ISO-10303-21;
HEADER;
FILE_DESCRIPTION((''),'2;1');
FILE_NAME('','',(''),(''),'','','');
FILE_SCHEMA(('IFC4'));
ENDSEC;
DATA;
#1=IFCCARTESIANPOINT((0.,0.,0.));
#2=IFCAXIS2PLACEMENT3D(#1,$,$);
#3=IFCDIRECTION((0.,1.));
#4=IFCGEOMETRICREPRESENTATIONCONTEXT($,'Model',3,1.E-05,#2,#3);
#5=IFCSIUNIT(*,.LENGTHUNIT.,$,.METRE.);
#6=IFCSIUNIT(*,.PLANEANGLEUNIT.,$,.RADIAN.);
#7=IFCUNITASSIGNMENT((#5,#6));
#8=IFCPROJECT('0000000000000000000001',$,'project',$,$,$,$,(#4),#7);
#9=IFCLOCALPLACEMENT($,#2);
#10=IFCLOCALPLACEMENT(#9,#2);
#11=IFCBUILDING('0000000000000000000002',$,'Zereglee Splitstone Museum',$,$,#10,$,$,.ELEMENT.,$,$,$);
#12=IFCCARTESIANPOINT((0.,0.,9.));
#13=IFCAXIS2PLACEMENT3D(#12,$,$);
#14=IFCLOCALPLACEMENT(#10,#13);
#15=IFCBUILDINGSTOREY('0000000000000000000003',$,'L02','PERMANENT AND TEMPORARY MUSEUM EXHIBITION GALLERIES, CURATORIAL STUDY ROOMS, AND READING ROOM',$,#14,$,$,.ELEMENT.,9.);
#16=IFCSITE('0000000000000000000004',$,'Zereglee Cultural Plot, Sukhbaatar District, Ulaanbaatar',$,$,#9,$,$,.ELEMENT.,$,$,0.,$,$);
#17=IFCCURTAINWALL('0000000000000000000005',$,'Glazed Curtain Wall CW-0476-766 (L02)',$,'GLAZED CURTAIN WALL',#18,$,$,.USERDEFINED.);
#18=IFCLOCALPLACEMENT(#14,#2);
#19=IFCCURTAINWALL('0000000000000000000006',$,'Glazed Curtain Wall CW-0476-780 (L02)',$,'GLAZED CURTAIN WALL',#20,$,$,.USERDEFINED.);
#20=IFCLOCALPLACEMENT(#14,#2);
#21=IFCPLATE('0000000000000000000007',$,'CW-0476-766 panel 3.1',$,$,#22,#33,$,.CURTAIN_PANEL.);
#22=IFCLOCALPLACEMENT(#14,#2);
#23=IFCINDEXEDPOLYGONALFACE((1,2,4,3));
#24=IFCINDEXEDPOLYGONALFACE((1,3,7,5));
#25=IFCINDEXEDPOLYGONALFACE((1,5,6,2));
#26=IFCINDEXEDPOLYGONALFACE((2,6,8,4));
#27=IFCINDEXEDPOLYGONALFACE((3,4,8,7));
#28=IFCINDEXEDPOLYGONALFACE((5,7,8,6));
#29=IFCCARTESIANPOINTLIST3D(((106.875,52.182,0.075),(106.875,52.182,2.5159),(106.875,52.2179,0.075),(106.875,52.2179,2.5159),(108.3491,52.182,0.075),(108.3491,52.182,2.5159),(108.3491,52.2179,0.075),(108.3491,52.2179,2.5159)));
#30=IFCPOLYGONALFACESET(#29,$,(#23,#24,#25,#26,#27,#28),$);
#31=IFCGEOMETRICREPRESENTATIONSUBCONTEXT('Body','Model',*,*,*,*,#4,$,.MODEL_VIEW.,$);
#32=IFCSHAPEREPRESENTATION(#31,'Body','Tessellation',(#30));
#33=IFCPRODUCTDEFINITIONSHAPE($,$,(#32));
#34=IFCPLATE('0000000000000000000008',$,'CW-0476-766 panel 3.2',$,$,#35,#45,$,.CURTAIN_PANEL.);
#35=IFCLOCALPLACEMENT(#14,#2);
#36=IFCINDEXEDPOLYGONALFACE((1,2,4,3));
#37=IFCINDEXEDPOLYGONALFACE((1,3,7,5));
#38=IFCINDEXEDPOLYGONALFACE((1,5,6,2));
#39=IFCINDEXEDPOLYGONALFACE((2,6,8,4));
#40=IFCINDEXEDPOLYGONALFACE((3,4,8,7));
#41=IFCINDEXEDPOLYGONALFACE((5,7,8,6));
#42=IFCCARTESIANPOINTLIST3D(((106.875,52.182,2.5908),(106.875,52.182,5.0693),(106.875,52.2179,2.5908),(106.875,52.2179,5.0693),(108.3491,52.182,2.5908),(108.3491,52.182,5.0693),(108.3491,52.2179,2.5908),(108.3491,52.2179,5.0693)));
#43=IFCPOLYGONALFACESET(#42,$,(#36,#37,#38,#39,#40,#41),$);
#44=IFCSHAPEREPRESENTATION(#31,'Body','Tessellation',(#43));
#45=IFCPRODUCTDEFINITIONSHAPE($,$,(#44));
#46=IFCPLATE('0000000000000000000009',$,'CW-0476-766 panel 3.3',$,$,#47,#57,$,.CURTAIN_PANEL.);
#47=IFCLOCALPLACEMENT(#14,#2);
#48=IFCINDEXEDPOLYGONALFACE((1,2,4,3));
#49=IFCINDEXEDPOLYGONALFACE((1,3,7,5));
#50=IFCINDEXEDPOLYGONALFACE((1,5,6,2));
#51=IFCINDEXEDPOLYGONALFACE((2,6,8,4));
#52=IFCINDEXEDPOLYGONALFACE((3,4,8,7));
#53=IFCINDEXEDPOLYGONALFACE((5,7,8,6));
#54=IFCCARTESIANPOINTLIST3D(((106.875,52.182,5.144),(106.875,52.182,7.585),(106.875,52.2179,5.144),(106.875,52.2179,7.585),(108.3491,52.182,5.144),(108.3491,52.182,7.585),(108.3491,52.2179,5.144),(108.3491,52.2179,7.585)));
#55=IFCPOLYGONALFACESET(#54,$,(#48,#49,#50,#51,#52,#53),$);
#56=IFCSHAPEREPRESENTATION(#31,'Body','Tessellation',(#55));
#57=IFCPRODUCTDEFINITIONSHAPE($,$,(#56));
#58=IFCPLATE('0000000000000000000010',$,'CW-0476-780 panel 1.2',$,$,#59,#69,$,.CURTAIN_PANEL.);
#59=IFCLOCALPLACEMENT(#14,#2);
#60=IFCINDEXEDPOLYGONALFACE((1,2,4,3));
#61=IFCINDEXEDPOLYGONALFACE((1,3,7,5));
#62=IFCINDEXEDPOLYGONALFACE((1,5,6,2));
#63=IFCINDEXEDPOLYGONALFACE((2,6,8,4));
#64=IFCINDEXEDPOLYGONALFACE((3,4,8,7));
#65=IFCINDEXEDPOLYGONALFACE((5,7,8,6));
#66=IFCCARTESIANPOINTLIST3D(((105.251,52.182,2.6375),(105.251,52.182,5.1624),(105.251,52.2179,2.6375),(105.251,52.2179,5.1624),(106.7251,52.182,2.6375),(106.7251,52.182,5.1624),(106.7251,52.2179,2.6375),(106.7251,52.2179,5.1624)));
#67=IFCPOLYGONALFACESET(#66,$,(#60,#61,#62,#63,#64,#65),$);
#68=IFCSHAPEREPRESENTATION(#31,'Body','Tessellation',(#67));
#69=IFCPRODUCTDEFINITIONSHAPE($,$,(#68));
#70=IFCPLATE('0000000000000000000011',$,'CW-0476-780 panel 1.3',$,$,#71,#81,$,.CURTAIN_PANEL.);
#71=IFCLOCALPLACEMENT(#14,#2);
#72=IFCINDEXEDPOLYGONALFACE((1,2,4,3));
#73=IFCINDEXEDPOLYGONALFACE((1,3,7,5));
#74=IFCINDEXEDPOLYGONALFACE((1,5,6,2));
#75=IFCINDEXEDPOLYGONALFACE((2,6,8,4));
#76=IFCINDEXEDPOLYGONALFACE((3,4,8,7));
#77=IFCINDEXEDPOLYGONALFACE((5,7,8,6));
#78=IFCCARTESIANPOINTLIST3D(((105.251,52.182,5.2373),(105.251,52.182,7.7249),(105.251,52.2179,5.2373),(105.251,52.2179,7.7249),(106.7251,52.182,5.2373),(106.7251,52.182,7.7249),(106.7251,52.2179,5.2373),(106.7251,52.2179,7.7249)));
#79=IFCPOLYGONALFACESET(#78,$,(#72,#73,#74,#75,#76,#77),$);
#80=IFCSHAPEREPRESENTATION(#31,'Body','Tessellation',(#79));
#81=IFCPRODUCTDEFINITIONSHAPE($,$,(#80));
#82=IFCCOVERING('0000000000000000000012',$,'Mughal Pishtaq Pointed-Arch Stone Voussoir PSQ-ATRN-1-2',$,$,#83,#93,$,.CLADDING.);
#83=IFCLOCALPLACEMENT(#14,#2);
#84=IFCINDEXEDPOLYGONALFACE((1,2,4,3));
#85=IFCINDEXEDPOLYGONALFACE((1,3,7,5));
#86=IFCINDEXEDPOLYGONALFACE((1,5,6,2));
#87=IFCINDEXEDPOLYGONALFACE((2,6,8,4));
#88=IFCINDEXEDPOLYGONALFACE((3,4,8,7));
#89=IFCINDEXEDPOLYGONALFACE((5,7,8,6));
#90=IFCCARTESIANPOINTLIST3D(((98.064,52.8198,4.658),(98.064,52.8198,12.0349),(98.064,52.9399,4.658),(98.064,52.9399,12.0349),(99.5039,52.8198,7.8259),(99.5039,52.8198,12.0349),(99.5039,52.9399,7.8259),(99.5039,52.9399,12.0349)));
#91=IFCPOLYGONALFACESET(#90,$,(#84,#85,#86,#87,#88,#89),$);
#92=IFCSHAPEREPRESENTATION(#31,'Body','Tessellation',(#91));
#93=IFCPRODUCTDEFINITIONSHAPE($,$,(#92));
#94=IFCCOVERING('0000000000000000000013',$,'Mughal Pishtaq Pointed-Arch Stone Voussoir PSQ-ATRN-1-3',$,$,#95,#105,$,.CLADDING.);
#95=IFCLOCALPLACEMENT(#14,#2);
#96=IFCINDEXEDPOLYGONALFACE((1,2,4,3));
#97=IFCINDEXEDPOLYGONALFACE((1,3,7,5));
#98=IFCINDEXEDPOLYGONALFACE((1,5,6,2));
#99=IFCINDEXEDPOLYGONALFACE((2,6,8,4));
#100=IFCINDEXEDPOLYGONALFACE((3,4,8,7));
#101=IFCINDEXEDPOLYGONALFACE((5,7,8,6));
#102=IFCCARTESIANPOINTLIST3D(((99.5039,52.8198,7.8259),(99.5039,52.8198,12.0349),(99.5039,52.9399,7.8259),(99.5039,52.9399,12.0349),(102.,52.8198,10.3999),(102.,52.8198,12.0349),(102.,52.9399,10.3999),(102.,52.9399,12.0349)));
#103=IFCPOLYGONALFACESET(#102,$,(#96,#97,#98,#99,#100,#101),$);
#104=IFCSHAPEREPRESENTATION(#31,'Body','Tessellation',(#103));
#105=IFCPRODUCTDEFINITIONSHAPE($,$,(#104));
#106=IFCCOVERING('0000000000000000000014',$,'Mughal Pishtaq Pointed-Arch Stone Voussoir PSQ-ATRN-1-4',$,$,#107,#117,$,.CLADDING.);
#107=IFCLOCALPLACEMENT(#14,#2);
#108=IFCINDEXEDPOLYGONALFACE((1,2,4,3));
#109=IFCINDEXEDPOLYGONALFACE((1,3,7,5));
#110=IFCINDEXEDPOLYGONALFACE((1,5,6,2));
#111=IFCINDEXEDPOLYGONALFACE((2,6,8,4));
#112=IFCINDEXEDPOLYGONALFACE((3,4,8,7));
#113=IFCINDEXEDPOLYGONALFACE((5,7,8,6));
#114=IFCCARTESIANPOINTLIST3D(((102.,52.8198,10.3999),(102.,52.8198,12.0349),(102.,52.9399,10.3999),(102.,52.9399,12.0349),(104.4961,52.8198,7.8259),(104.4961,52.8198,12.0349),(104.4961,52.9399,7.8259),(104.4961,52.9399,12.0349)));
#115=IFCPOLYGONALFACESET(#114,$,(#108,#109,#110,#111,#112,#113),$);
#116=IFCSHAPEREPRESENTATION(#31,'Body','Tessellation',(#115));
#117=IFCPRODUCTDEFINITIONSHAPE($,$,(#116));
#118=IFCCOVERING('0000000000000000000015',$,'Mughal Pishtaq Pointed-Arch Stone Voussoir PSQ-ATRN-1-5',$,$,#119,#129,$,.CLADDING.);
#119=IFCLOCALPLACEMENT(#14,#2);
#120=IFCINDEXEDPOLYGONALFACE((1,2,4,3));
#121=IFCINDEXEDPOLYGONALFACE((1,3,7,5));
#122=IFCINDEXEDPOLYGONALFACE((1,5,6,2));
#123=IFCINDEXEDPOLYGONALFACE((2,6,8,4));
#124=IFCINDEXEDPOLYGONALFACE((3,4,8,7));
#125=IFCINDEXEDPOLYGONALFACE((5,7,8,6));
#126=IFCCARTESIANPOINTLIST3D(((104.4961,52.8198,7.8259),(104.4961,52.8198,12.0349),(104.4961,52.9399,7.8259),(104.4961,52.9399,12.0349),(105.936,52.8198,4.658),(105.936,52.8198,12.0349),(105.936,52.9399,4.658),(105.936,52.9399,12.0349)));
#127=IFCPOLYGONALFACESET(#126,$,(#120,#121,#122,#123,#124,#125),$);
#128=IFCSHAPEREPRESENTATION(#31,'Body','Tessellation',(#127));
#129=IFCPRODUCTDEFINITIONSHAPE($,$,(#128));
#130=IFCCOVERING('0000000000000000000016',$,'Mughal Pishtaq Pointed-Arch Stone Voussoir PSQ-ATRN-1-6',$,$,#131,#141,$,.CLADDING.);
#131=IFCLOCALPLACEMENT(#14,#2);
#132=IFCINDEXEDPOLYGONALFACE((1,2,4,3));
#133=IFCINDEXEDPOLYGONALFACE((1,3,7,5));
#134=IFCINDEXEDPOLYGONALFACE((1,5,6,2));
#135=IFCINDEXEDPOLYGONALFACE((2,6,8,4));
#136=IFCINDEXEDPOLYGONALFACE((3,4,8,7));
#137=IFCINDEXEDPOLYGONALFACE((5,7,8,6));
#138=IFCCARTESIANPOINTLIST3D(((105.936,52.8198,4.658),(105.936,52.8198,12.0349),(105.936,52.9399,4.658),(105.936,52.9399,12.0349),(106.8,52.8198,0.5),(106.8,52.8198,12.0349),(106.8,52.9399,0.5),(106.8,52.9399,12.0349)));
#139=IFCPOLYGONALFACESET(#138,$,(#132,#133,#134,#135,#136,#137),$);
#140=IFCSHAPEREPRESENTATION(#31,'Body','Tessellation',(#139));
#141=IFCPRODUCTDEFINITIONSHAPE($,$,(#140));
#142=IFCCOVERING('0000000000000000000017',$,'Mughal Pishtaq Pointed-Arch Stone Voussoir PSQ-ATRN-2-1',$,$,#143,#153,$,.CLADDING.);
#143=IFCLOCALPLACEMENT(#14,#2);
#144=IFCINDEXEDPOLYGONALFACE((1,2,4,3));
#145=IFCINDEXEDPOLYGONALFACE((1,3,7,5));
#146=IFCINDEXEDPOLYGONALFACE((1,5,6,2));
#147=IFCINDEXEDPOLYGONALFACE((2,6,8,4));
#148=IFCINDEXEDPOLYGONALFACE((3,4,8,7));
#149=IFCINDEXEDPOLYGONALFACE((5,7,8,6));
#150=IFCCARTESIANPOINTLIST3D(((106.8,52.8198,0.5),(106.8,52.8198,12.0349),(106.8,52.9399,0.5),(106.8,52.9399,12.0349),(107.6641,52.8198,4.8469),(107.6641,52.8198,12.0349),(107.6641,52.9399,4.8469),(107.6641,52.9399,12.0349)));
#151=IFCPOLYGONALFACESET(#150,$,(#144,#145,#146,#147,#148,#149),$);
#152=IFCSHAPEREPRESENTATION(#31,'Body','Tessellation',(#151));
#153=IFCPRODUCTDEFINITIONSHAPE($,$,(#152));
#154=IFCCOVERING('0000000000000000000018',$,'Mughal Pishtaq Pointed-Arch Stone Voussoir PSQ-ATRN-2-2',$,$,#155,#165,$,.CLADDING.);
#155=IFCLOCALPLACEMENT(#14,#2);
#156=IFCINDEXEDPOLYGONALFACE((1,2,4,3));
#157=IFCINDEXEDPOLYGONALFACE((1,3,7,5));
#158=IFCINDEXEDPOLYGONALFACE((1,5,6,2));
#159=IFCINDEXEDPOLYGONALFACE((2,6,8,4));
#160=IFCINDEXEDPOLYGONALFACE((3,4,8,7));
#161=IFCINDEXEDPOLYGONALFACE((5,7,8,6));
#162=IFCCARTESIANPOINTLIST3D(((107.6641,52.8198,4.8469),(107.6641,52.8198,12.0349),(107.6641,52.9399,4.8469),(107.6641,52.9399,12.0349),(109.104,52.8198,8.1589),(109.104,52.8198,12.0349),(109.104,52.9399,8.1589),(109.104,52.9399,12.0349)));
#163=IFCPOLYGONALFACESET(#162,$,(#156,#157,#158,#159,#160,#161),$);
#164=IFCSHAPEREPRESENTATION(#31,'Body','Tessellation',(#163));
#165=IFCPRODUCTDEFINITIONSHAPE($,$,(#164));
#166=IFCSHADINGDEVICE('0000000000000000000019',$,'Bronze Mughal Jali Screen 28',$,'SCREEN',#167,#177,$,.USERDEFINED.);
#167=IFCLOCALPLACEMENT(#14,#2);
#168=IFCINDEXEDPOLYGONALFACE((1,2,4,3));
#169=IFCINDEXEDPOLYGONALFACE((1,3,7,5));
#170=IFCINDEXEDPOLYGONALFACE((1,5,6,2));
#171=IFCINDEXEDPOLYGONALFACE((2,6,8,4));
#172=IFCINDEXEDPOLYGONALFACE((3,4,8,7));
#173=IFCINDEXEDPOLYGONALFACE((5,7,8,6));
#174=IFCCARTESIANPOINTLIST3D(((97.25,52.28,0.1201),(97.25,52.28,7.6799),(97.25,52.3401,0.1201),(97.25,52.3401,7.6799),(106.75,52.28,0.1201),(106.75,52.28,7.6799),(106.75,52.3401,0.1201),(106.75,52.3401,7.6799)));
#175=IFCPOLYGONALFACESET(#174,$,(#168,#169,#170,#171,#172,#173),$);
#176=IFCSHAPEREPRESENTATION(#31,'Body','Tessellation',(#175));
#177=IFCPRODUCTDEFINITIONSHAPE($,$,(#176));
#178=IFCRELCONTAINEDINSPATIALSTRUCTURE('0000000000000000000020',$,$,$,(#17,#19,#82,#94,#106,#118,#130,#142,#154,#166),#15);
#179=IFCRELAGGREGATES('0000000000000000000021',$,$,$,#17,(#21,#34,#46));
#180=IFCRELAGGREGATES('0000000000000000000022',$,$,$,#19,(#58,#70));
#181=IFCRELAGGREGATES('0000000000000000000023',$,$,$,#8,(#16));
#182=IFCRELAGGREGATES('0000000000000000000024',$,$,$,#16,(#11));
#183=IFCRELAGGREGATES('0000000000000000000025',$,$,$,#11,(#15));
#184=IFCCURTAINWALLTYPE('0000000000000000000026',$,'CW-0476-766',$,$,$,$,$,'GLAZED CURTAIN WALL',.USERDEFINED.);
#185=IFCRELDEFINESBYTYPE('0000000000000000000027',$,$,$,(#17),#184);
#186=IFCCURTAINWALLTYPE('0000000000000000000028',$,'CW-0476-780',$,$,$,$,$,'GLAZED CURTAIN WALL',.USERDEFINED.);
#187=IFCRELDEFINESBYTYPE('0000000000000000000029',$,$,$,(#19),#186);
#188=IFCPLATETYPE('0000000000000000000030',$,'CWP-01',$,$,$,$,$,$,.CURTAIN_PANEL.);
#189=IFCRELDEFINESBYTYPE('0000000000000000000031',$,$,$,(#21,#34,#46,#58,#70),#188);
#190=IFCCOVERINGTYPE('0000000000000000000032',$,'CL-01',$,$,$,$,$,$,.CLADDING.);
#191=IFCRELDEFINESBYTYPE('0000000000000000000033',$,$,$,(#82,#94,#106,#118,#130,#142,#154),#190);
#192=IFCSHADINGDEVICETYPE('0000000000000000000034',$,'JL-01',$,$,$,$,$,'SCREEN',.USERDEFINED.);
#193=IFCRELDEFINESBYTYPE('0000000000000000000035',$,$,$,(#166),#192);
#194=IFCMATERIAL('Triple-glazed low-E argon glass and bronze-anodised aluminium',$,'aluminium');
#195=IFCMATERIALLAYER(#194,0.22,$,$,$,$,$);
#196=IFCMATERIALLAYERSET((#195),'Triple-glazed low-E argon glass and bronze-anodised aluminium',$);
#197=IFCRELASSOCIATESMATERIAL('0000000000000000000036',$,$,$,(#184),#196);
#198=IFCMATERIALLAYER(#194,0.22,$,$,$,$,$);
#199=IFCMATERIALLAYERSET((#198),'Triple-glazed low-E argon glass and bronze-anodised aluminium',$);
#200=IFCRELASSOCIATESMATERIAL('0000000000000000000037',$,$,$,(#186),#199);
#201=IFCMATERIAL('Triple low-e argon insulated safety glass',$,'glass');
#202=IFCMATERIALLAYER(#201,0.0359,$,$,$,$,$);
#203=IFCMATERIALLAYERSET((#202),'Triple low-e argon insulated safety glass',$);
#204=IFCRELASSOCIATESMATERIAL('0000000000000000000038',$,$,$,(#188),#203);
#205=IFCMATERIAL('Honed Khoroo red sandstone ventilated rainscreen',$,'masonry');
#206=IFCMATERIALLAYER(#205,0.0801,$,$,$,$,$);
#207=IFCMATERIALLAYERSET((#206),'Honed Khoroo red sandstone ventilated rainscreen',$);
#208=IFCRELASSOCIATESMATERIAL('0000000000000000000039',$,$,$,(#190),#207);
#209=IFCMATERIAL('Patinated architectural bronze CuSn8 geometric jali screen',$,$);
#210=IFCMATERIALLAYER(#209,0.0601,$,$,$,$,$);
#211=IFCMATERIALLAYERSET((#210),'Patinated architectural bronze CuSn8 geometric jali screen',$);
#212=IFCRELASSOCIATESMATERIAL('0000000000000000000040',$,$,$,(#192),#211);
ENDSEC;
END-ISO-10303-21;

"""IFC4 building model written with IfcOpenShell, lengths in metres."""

from ifc_helpers import new_model, si_unit, direction, frame, origin, origin_2d, place, context, subcontext, project, spatial, polyline, rectangle, outline, extrude, material, layer, layer_set, type_object, element, aggregate, save


model = new_model("IFC4")

# Units and contexts
model_context = context("Model", 3, precision=1e-05, world=origin(), true_north=direction((0.0, 1.0)))
body_context = subcontext(model_context, "Body", "Model", "MODEL_VIEW")
ifc_project = project(units=[si_unit("LENGTHUNIT", "METRE"), si_unit("PLANEANGLEUNIT", "RADIAN")], contexts=[model_context])

# Site, building, storey
site_placement = place(None, origin())
site = spatial("IfcSite", under=ifc_project, at=site_placement, Name="Zereglee Cultural Plot, Sukhbaatar District, Ulaanbaatar", CompositionType="ELEMENT", RefElevation=0.0)
building_placement = place(site_placement, origin())
building = spatial("IfcBuilding", under=site, at=building_placement, Name="Zereglee Splitstone Museum", CompositionType="ELEMENT")
storey_placement = place(building_placement, frame((0.0, 0.0, 9.0)))
storey = spatial("IfcBuildingStorey", under=building, at=storey_placement, Name="L02", Description="PERMANENT AND TEMPORARY MUSEUM EXHIBITION GALLERIES, CURATORIAL STUDY ROOMS, AND READING ROOM", CompositionType="ELEMENT", Elevation=9.0)

# Curtain walls
ifc_material_1 = material(Name="Triple-glazed low-E argon glass and bronze-anodised aluminium", Category="aluminium")
ifc_layer_1 = layer(ifc_material_1, 0.22)
ifc_layer_set_1 = layer_set([ifc_layer_1], Name="Triple-glazed low-E argon glass and bronze-anodised aluminium")
curtain_wall_type_1 = type_object("IfcCurtainWallType", Name="CW-0476-766", ElementType="GLAZED CURTAIN WALL", PredefinedType="USERDEFINED", material=ifc_layer_set_1)
curtain_wall_1_placement = place(storey_placement, origin())
curtain_wall_1 = element("IfcCurtainWall", 1, at=curtain_wall_1_placement, inside=storey, type_object=curtain_wall_type_1, Name="Glazed Curtain Wall CW-0476-766 (L02)", ObjectType="GLAZED CURTAIN WALL", PredefinedType="USERDEFINED")
ifc_layer_2 = layer(ifc_material_1, 0.22)
ifc_layer_set_2 = layer_set([ifc_layer_2], Name="Triple-glazed low-E argon glass and bronze-anodised aluminium")
curtain_wall_type_2 = type_object("IfcCurtainWallType", Name="CW-0476-780", ElementType="GLAZED CURTAIN WALL", PredefinedType="USERDEFINED", material=ifc_layer_set_2)
curtain_wall_2_placement = place(storey_placement, origin())
curtain_wall_2 = element("IfcCurtainWall", 2, at=curtain_wall_2_placement, inside=storey, type_object=curtain_wall_type_2, Name="Glazed Curtain Wall CW-0476-780 (L02)", ObjectType="GLAZED CURTAIN WALL", PredefinedType="USERDEFINED")

# Plates
ifc_material_2 = material(Name="Triple low-e argon insulated safety glass", Category="glass")
ifc_layer_3 = layer(ifc_material_2, 0.0359)
ifc_layer_set_3 = layer_set([ifc_layer_3], Name="Triple low-e argon insulated safety glass")
plate_type = type_object("IfcPlateType", Name="CWP-01", PredefinedType="CURTAIN_PANEL", material=ifc_layer_set_3)
plate_1_placement = place(storey_placement, frame((107.6121, 52.2, 0.075), z_axis=(0.0, 0.0, 1.0), x_axis=(-1.0, 0.0, 0.0)))
plate_1 = element("IfcPlate", 3, at=plate_1_placement, type_object=plate_type, Name="CW-0476-766 panel 3.1", PredefinedType="CURTAIN_PANEL", context=body_context, shape_type="SweptSolid", body=[
    extrude(rectangle(XDim=1.4741, YDim=0.0359, at=origin_2d()), origin(), (0.0, 0.0, 1.0), 2.4409),
])
plate_2_placement = place(storey_placement, frame((107.6121, 52.2, 2.5908), z_axis=(0.0, 0.0, 1.0), x_axis=(-1.0, 0.0, 0.0)))
plate_2 = element("IfcPlate", 4, at=plate_2_placement, type_object=plate_type, Name="CW-0476-766 panel 3.2", PredefinedType="CURTAIN_PANEL", context=body_context, shape_type="SweptSolid", body=[
    extrude(rectangle(XDim=1.4741, YDim=0.0359, at=origin_2d()), origin(), (0.0, 0.0, 1.0), 2.4785),
])
plate_3_placement = place(storey_placement, frame((107.6121, 52.2, 5.144), z_axis=(0.0, 0.0, 1.0), x_axis=(-1.0, 0.0, 0.0)))
plate_3 = element("IfcPlate", 5, at=plate_3_placement, type_object=plate_type, Name="CW-0476-766 panel 3.3", PredefinedType="CURTAIN_PANEL", context=body_context, shape_type="SweptSolid", body=[
    extrude(rectangle(XDim=1.4741, YDim=0.0359, at=origin_2d()), origin(), (0.0, 0.0, 1.0), 2.4409),
])
aggregate(curtain_wall_1, [plate_1, plate_2, plate_3])
plate_4_placement = place(storey_placement, frame((105.988, 52.2, 2.6375), z_axis=(0.0, 0.0, 1.0), x_axis=(-1.0, 0.0, 0.0)))
plate_4 = element("IfcPlate", 6, at=plate_4_placement, type_object=plate_type, Name="CW-0476-780 panel 1.2", PredefinedType="CURTAIN_PANEL", context=body_context, shape_type="SweptSolid", body=[
    extrude(rectangle(XDim=1.4741, YDim=0.0359, at=origin_2d()), origin(), (0.0, 0.0, 1.0), 2.5249),
])
plate_5_placement = place(storey_placement, frame((105.988, 52.2, 5.2373), z_axis=(0.0, 0.0, 1.0), x_axis=(-1.0, 0.0, 0.0)))
plate_5 = element("IfcPlate", 7, at=plate_5_placement, type_object=plate_type, Name="CW-0476-780 panel 1.3", PredefinedType="CURTAIN_PANEL", context=body_context, shape_type="SweptSolid", body=[
    extrude(rectangle(XDim=1.4741, YDim=0.0359, at=origin_2d()), origin(), (0.0, 0.0, 1.0), 2.4875),
])
aggregate(curtain_wall_2, [plate_4, plate_5])

# Coverings
ifc_material_3 = material(Name="Honed Khoroo red sandstone ventilated rainscreen", Category="masonry")
ifc_layer_4 = layer(ifc_material_3, 0.0801)
ifc_layer_set_4 = layer_set([ifc_layer_4], Name="Honed Khoroo red sandstone ventilated rainscreen")
covering_type = type_object("IfcCoveringType", Name="CL-01", PredefinedType="CLADDING", material=ifc_layer_set_4)
covering_1_placement = place(storey_placement, frame((98.064, 52.9399, 12.0349), z_axis=(0.0, 1.0, 0.0), x_axis=(1.0, 0.0, 0.0)))
element("IfcCovering", 8, at=covering_1_placement, inside=storey, type_object=covering_type, Name="Mughal Pishtaq Pointed-Arch Stone Voussoir PSQ-ATRN-1-2", PredefinedType="CLADDING", context=body_context, shape_type="SweptSolid", body=[
    extrude(outline(polyline([(0.0, 0.0), (1.4399, 0.0), (1.4399, 4.209), (0.0, 7.377), (0.0, 0.0)])), origin(), (0.0, 0.0, -1.0), 0.1201),
])
covering_2_placement = place(storey_placement, frame((99.5039, 52.9399, 12.0349), z_axis=(0.0, 1.0, 0.0), x_axis=(1.0, 0.0, 0.0)))
element("IfcCovering", 9, at=covering_2_placement, inside=storey, type_object=covering_type, Name="Mughal Pishtaq Pointed-Arch Stone Voussoir PSQ-ATRN-1-3", PredefinedType="CLADDING", context=body_context, shape_type="SweptSolid", body=[
    extrude(outline(polyline([(0.0, 0.0), (2.4961, 0.0), (2.4961, 1.635), (0.0, 4.209), (0.0, 0.0)])), origin(), (0.0, 0.0, -1.0), 0.1201),
])
covering_3_placement = place(storey_placement, frame((102.0, 52.9399, 12.0349), z_axis=(0.0, 1.0, 0.0), x_axis=(1.0, 0.0, 0.0)))
element("IfcCovering", 10, at=covering_3_placement, inside=storey, type_object=covering_type, Name="Mughal Pishtaq Pointed-Arch Stone Voussoir PSQ-ATRN-1-4", PredefinedType="CLADDING", context=body_context, shape_type="SweptSolid", body=[
    extrude(outline(polyline([(0.0, 0.0), (2.4961, 0.0), (2.4961, 4.209), (0.0, 1.635), (0.0, 0.0)])), origin(), (0.0, 0.0, -1.0), 0.1201),
])
covering_4_placement = place(storey_placement, frame((104.4961, 52.9399, 12.0349), z_axis=(0.0, 1.0, 0.0), x_axis=(1.0, 0.0, 0.0)))
element("IfcCovering", 11, at=covering_4_placement, inside=storey, type_object=covering_type, Name="Mughal Pishtaq Pointed-Arch Stone Voussoir PSQ-ATRN-1-5", PredefinedType="CLADDING", context=body_context, shape_type="SweptSolid", body=[
    extrude(outline(polyline([(0.0, 0.0), (1.4399, 0.0), (1.4399, 7.377), (0.0, 4.209), (0.0, 0.0)])), origin(), (0.0, 0.0, -1.0), 0.1201),
])
covering_5_placement = place(storey_placement, frame((105.936, 52.9399, 12.0349), z_axis=(0.0, 1.0, 0.0), x_axis=(1.0, 0.0, 0.0)))
element("IfcCovering", 12, at=covering_5_placement, inside=storey, type_object=covering_type, Name="Mughal Pishtaq Pointed-Arch Stone Voussoir PSQ-ATRN-1-6", PredefinedType="CLADDING", context=body_context, shape_type="SweptSolid", body=[
    extrude(outline(polyline([(0.0, 0.0), (0.864, 0.0), (0.864, 11.5349), (0.0, 7.377), (0.0, 0.0)])), origin(), (0.0, 0.0, -1.0), 0.1201),
])
covering_6_placement = place(storey_placement, frame((106.8, 52.9399, 12.0349), z_axis=(0.0, 1.0, 0.0), x_axis=(1.0, 0.0, 0.0)))
element("IfcCovering", 13, at=covering_6_placement, inside=storey, type_object=covering_type, Name="Mughal Pishtaq Pointed-Arch Stone Voussoir PSQ-ATRN-2-1", PredefinedType="CLADDING", context=body_context, shape_type="SweptSolid", body=[
    extrude(outline(polyline([(0.0, 0.0), (0.864, 0.0), (0.864, 7.188), (0.0, 11.5349), (0.0, 0.0)])), origin(), (0.0, 0.0, -1.0), 0.1201),
])
covering_7_placement = place(storey_placement, frame((107.6641, 52.9399, 12.0349), z_axis=(0.0, 1.0, 0.0), x_axis=(1.0, 0.0, 0.0)))
element("IfcCovering", 14, at=covering_7_placement, inside=storey, type_object=covering_type, Name="Mughal Pishtaq Pointed-Arch Stone Voussoir PSQ-ATRN-2-2", PredefinedType="CLADDING", context=body_context, shape_type="SweptSolid", body=[
    extrude(outline(polyline([(0.0, 0.0), (1.4399, 0.0), (1.4399, 3.876), (0.0, 7.188), (0.0, 0.0)])), origin(), (0.0, 0.0, -1.0), 0.1201),
])

# Shading device
ifc_material_4 = material(Name="Patinated architectural bronze CuSn8 geometric jali screen")
ifc_layer_5 = layer(ifc_material_4, 0.0601)
ifc_layer_set_5 = layer_set([ifc_layer_5], Name="Patinated architectural bronze CuSn8 geometric jali screen")
shading_device_type = type_object("IfcShadingDeviceType", Name="JL-01", ElementType="SCREEN", PredefinedType="USERDEFINED", material=ifc_layer_set_5)
shading_device_placement = place(storey_placement, frame((106.75, 52.28, 0.1201), z_axis=(0.0, 1.0, 0.0), x_axis=(-1.0, 0.0, 0.0)))
element("IfcShadingDevice", 15, at=shading_device_placement, inside=storey, type_object=shading_device_type, Name="Bronze Mughal Jali Screen 28", ObjectType="SCREEN", PredefinedType="USERDEFINED", context=body_context, shape_type="SweptSolid", body=[
    extrude(outline(polyline([(0.0, 0.0), (9.5, 0.0), (9.5, 7.5598), (0.0, 7.5598), (0.0, 0.0)])), origin(), (0.0, 0.0, 1.0), 0.0601),
])

save(model, "model.ifc")
